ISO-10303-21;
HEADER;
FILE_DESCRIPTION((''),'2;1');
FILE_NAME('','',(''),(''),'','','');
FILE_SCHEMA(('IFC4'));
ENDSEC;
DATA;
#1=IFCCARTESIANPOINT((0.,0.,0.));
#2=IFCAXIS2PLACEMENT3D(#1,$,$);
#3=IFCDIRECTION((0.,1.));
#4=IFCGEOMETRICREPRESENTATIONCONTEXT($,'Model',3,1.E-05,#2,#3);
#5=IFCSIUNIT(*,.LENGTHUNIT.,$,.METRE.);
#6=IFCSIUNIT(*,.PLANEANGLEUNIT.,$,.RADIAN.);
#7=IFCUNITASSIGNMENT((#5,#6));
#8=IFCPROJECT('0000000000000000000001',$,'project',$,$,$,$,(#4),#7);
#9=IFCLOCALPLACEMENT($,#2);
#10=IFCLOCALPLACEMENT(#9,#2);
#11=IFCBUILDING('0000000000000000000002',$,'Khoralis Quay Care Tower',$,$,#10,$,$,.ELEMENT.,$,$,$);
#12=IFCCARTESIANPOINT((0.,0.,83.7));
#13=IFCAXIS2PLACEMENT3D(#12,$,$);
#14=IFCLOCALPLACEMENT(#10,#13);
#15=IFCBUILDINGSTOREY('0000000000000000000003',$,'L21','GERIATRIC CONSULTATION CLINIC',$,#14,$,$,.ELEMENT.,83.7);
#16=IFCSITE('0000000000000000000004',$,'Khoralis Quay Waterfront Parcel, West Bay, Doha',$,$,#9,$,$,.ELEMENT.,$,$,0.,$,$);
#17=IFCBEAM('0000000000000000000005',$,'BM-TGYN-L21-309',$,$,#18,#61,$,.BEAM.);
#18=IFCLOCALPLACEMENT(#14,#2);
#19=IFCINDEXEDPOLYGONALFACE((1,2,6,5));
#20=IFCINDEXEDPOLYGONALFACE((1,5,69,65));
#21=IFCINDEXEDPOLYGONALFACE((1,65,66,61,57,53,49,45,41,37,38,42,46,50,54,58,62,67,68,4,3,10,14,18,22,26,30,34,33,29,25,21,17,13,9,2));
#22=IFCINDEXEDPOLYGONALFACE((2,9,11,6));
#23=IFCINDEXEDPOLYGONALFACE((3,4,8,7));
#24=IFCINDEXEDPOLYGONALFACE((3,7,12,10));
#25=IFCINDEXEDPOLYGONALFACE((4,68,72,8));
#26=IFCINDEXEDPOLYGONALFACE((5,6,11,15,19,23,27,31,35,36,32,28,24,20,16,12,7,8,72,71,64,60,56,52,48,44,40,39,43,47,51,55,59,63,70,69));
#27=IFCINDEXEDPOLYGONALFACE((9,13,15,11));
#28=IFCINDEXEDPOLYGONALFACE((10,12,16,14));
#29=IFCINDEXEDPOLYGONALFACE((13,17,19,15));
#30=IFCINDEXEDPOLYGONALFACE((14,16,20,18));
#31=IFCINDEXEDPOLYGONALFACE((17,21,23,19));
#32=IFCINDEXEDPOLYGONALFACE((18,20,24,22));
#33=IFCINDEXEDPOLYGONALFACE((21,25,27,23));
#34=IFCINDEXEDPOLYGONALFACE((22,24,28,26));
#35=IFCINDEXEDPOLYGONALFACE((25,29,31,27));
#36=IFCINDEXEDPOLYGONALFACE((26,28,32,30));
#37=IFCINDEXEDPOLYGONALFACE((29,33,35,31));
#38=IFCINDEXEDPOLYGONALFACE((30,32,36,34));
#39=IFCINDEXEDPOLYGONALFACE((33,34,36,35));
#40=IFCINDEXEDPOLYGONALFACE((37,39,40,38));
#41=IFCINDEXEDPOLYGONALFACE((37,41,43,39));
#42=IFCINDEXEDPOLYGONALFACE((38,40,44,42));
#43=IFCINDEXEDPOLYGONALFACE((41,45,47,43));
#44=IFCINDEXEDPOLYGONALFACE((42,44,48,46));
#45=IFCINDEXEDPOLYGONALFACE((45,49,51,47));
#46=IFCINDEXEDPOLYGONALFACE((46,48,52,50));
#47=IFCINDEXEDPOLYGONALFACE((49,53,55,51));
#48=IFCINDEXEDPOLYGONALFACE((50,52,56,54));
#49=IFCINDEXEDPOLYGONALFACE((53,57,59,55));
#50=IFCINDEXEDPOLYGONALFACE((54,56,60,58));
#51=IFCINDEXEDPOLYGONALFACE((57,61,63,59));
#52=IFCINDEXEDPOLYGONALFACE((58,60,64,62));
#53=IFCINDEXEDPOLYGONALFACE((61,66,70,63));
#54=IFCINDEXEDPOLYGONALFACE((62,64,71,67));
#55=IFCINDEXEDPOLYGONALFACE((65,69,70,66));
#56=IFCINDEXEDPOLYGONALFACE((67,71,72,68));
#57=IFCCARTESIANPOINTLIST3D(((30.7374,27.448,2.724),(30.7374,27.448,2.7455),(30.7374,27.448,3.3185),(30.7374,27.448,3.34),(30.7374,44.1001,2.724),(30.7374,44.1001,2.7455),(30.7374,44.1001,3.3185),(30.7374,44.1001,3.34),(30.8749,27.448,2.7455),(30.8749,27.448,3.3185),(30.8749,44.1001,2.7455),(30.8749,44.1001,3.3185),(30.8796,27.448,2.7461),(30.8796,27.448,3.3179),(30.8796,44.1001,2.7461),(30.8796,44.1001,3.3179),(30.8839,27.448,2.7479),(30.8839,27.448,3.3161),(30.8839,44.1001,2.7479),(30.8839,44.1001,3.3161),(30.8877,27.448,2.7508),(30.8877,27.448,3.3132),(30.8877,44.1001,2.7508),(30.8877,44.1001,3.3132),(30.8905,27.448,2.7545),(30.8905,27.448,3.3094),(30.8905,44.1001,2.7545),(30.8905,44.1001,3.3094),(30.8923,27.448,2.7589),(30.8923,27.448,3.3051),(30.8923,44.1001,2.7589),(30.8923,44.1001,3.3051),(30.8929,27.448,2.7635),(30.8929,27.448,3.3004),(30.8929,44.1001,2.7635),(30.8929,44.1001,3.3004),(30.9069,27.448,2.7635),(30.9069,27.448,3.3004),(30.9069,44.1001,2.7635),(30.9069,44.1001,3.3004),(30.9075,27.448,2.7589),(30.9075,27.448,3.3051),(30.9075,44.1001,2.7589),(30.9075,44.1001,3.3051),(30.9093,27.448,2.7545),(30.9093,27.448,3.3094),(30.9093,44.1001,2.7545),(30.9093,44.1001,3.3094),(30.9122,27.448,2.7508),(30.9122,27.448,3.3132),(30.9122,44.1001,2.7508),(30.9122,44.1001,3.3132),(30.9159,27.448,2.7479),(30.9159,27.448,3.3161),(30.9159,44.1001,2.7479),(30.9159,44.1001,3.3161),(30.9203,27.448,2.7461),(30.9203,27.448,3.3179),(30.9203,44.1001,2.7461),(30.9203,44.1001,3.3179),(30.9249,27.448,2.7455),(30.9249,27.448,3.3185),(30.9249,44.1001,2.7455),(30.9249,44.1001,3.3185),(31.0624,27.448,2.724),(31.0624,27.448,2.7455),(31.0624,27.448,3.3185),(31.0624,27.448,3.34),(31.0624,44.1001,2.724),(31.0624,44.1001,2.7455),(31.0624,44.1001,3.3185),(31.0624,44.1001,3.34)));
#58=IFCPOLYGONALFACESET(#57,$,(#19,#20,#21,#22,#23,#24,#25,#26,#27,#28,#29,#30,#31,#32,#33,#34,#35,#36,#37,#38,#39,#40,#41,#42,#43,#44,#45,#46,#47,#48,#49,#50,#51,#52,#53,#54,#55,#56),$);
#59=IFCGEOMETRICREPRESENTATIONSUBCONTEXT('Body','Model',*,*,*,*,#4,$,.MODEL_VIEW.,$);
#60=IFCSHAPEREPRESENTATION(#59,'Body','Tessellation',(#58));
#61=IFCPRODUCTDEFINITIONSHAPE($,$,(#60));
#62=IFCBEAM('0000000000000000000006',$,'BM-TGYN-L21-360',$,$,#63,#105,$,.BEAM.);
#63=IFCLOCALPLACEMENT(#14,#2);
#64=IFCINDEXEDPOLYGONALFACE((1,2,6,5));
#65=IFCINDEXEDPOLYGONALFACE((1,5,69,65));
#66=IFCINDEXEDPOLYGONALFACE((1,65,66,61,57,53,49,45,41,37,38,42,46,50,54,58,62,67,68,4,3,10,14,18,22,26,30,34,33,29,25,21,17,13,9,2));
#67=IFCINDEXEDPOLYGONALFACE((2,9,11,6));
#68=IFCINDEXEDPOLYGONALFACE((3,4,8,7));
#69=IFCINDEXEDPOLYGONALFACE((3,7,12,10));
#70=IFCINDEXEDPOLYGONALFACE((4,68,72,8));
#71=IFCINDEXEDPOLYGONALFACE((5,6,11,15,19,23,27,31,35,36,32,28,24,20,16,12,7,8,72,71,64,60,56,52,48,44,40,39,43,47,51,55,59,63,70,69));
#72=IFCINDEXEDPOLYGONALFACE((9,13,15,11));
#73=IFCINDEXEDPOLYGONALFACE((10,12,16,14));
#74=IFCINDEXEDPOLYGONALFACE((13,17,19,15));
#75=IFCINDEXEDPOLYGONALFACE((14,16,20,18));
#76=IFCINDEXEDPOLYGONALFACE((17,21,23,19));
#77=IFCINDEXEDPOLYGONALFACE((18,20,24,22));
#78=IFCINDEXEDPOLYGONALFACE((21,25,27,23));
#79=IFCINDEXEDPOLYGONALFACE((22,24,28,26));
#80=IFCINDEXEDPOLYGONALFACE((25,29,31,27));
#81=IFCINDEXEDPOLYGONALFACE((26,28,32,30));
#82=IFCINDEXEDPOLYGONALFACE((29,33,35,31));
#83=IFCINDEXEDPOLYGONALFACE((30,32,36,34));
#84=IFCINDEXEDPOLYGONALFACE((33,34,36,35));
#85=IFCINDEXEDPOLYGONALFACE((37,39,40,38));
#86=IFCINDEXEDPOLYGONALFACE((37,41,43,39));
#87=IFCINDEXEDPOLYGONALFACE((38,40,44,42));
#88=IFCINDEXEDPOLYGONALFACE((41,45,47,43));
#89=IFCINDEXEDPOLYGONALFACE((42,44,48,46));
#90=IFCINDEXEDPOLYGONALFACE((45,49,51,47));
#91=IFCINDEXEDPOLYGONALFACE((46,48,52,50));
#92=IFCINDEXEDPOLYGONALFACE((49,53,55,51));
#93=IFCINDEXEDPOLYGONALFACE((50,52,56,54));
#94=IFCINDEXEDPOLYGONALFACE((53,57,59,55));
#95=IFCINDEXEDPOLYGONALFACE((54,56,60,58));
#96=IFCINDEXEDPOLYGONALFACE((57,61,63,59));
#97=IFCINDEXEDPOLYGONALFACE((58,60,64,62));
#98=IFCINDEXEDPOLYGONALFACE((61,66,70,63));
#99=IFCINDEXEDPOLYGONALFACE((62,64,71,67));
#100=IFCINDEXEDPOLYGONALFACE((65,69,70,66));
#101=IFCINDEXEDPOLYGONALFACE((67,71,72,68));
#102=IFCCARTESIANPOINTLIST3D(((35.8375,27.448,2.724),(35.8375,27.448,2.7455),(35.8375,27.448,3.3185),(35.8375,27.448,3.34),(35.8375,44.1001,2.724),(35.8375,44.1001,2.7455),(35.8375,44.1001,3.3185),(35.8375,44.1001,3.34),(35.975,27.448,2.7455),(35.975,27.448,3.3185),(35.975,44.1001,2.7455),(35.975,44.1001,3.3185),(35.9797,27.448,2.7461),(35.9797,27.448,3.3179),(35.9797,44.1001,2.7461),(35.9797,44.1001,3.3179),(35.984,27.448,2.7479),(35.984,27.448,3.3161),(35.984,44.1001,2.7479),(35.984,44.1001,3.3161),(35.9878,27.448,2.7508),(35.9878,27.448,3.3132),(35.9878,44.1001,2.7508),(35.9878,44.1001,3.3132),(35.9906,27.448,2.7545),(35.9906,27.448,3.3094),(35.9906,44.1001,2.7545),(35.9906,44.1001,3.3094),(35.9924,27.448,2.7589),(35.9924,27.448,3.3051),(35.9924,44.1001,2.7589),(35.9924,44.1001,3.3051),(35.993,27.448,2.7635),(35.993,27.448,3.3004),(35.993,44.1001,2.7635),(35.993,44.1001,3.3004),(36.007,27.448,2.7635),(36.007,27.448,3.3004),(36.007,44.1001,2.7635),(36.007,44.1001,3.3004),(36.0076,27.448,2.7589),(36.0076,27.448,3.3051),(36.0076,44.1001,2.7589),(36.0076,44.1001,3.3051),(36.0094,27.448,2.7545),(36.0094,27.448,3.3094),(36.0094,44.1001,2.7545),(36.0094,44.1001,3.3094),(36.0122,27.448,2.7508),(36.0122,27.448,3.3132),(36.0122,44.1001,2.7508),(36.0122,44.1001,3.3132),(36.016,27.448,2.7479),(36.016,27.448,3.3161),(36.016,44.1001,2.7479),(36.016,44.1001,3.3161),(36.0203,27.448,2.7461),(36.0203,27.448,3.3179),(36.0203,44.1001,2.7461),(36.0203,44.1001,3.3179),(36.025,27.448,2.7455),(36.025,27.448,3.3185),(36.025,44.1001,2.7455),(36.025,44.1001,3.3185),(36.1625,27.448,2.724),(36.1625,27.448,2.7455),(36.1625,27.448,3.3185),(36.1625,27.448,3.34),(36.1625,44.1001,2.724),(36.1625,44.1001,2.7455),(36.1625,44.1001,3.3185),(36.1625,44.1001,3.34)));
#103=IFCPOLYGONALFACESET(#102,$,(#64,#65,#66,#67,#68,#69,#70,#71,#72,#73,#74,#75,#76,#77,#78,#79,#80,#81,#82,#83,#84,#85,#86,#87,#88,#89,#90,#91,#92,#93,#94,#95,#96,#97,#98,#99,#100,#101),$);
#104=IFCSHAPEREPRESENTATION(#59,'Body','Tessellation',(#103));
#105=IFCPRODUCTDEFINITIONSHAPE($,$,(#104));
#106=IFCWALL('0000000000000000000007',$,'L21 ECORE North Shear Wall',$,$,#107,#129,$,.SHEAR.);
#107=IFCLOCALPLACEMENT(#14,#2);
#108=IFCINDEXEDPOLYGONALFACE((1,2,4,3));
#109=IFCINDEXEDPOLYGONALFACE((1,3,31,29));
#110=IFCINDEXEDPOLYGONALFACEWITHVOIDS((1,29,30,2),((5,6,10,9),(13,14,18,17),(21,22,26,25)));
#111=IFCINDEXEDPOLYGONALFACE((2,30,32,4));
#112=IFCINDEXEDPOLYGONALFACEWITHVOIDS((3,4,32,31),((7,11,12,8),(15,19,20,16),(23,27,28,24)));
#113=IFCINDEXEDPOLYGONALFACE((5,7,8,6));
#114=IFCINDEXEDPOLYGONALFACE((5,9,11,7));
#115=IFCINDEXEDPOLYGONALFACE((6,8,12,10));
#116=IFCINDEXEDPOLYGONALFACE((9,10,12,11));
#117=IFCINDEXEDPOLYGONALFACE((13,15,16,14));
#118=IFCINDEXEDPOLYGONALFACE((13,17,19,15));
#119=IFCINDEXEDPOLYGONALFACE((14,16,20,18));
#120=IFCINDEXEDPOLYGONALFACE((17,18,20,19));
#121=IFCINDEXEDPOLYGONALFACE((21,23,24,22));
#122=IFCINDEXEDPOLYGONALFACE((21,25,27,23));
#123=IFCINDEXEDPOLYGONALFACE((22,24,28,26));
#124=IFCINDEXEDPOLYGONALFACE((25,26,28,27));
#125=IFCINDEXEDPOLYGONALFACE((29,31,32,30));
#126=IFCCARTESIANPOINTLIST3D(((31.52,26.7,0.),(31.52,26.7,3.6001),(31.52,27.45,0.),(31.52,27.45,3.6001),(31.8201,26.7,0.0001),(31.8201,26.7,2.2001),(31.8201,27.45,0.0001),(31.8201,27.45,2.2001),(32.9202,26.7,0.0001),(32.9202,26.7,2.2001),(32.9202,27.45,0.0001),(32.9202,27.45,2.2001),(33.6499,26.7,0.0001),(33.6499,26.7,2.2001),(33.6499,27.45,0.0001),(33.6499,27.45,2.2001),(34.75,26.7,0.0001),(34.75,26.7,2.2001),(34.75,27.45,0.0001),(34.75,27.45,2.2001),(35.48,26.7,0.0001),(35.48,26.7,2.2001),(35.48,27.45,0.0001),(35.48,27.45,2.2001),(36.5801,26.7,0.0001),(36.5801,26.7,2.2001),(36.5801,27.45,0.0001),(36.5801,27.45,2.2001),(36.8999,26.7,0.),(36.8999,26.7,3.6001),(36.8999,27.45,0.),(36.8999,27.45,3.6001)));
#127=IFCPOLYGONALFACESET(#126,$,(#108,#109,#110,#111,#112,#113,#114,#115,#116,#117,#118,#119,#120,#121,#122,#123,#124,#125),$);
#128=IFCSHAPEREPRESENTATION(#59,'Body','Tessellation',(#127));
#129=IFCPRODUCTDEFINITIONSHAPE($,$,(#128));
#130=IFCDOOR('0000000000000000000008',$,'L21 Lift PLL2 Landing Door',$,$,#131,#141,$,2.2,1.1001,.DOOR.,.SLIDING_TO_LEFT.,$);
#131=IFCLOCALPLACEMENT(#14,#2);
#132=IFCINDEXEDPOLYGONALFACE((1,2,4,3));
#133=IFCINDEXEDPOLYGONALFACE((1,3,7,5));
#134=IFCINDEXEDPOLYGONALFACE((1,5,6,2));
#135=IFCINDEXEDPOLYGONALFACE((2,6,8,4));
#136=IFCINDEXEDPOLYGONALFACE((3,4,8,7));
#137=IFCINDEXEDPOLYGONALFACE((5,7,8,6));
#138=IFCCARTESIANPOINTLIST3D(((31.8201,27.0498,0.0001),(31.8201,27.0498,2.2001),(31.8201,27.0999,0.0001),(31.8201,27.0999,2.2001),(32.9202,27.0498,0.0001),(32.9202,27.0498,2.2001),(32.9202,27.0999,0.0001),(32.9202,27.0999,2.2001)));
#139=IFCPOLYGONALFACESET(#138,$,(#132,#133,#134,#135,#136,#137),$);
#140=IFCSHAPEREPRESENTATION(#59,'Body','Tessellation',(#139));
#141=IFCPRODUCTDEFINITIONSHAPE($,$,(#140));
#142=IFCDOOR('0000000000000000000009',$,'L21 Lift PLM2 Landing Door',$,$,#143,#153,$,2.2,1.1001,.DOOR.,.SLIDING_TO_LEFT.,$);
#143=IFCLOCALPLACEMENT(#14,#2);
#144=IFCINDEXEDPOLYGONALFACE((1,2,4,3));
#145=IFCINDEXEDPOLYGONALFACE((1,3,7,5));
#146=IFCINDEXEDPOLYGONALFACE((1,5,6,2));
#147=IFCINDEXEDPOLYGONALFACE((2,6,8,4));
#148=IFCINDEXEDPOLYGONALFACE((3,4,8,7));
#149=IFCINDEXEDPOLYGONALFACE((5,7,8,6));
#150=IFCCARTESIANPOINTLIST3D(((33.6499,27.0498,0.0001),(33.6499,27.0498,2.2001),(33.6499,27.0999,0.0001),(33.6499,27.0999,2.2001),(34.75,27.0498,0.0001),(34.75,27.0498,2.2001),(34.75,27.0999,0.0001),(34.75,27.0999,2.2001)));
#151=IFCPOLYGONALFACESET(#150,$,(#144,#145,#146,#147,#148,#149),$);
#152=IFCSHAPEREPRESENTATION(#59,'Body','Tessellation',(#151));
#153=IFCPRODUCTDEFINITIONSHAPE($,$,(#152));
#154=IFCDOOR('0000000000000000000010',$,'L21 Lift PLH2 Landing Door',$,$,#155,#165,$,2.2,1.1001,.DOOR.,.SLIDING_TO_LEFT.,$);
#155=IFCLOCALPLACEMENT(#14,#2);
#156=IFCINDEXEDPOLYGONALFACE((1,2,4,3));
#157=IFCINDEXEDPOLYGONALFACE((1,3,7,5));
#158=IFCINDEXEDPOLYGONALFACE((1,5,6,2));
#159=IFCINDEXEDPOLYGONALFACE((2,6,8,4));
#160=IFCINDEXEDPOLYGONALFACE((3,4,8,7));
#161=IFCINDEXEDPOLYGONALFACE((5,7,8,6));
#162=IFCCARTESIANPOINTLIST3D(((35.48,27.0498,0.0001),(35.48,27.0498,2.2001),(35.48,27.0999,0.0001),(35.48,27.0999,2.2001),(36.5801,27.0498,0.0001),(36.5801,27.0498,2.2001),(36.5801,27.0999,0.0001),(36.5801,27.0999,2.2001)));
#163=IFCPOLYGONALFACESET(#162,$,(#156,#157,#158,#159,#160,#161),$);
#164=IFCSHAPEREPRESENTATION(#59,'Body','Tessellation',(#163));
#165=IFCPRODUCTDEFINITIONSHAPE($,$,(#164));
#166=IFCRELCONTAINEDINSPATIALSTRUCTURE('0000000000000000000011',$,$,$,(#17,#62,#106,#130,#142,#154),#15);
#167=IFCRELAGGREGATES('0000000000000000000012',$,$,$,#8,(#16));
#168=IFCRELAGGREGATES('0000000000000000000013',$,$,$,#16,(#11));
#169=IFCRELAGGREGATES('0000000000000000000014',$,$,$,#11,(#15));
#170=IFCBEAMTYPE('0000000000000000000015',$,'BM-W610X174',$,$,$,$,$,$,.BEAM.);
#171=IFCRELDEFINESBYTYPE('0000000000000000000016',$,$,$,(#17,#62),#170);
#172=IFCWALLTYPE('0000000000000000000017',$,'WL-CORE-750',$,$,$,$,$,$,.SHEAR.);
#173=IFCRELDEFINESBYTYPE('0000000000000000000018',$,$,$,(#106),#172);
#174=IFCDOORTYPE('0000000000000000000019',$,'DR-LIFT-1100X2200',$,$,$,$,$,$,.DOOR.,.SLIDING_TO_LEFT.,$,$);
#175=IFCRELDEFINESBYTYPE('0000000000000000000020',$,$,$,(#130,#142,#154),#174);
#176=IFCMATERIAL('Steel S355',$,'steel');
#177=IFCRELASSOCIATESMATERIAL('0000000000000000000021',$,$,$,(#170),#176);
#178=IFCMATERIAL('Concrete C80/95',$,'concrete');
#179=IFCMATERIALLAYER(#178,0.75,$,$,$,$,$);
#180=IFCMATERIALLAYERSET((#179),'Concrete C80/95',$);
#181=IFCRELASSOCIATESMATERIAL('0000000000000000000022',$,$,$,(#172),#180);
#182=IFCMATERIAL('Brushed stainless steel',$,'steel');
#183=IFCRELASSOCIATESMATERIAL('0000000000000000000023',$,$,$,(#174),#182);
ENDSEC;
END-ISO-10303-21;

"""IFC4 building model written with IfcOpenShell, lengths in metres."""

from ifc_helpers import new_model, si_unit, direction, frame, frame_2d, origin, origin_2d, place, context, subcontext, project, spatial, rectangle, i_section, extrude, source, transform, mapped, material, layer, layer_set, material_profile, profile_set, type_object, element, fill, save


model = new_model("IFC4")

# Units and contexts
model_context = context("Model", 3, precision=1e-05, world=origin(), true_north=direction((0.0, 1.0)))
body_context = subcontext(model_context, "Body", "Model", "MODEL_VIEW")
ifc_project = project(units=[si_unit("LENGTHUNIT", "METRE"), si_unit("PLANEANGLEUNIT", "RADIAN")], contexts=[model_context])

# Site, building, storey
site_placement = place(None, origin())
site = spatial("IfcSite", under=ifc_project, at=site_placement, Name="Khoralis Quay Waterfront Parcel, West Bay, Doha", CompositionType="ELEMENT", RefElevation=0.0)
building_placement = place(site_placement, origin())
building = spatial("IfcBuilding", under=site, at=building_placement, Name="Khoralis Quay Care Tower", CompositionType="ELEMENT")
storey_placement = place(building_placement, frame((0.0, 0.0, 83.7)))
storey = spatial("IfcBuildingStorey", under=building, at=storey_placement, Name="L21", Description="GERIATRIC CONSULTATION CLINIC", CompositionType="ELEMENT", Elevation=83.7)

# Beams
ifc_material_1 = material(Name="Steel S355", Category="steel")
ifc_material_profile_1 = material_profile(ifc_material_1, i_section(OverallWidth=0.325, OverallDepth=0.616, WebThickness=0.0139, FlangeThickness=0.0215, FilletRadius=0.0181, at=origin_2d()), Name="Steel S355")
ifc_profile_set_1 = profile_set([ifc_material_profile_1], Name="Steel S355")
beam_type_1 = type_object("IfcBeamType", Name="BM-W610X174", PredefinedType="BEAM", material=ifc_profile_set_1)
shared_shape_1 = source(origin(), body_context, "Body", "SweptSolid", [
    extrude(i_section(OverallWidth=0.325, OverallDepth=0.616, WebThickness=0.0139, FlangeThickness=0.0215, FilletRadius=0.0181, at=origin_2d()), origin(), (0.0, 0.0, 1.0), 16.6521),
])
for number, where, z_axis, x_axis, name in (
    (1, (30.8999, 27.448, 3.032), (0.0, 1.0, 0.0), (-1.0, 0.0, 0.0), "BM-TGYN-L21-309"),
    (2, (36.0, 27.448, 3.032), (0.0, 1.0, 0.0), (-1.0, 0.0, 0.0), "BM-TGYN-L21-360"),
):
    element("IfcBeam", number, at=place(storey_placement, frame(where, z_axis=z_axis, x_axis=x_axis)), inside=storey, type_object=beam_type_1, Name=name, PredefinedType="BEAM", context=body_context, shape_type="MappedRepresentation", body=[
        mapped(shared_shape_1, transform((0.0, 0.0, 0.0), scale=1.0)),
    ])

# Wall, openings, doors
ifc_material_2 = material(Name="Concrete C80/95", Category="concrete")
ifc_layer_1 = layer(ifc_material_2, 0.75)
ifc_layer_set_1 = layer_set([ifc_layer_1], Name="Concrete C80/95")
wall_type_1 = type_object("IfcWallType", Name="WL-CORE-750", PredefinedType="SHEAR", material=ifc_layer_set_1)
wall_1_placement = place(storey_placement, frame((31.52, 27.075, 0.0), z_axis=(0.0, 0.0, 1.0), x_axis=(1.0, 0.0, 0.0)))
wall_1 = element("IfcWall", 3, at=wall_1_placement, inside=storey, type_object=wall_type_1, Name="L21 ECORE North Shear Wall", PredefinedType="SHEAR", context=body_context, shape_type="SweptSolid", body=[
    extrude(rectangle(XDim=5.3799, YDim=0.75, at=frame_2d((2.6899, 0.0))), origin(), (0.0, 0.0, 1.0), 3.6001),
])
opening_1_placement = place(wall_1_placement, frame((0.3, 0.0, 0.0)))
opening_1 = element("IfcOpeningElement", 4, at=opening_1_placement, cuts=wall_1, PredefinedType="OPENING", context=body_context, shape_type="SweptSolid", body=[
    extrude(rectangle(XDim=1.1001, YDim=2.2, at=frame_2d((0.55, 1.1001))), frame((0.0, 0.385, 0.0), z_axis=(0.0, -1.0, 0.0), x_axis=(1.0, 0.0, 0.0)), (0.0, 0.0, 1.0), 0.77),
])
opening_2_placement = place(wall_1_placement, frame((2.1299, 0.0, 0.0)))
opening_2 = element("IfcOpeningElement", 5, at=opening_2_placement, cuts=wall_1, PredefinedType="OPENING", context=body_context, shape_type="SweptSolid", body=[
    extrude(rectangle(XDim=1.1001, YDim=2.2, at=frame_2d((0.55, 1.1001))), frame((0.0, 0.385, 0.0), z_axis=(0.0, -1.0, 0.0), x_axis=(1.0, 0.0, 0.0)), (0.0, 0.0, 1.0), 0.77),
])
opening_3_placement = place(wall_1_placement, frame((3.96, 0.0, 0.0)))
opening_3 = element("IfcOpeningElement", 6, at=opening_3_placement, cuts=wall_1, PredefinedType="OPENING", context=body_context, shape_type="SweptSolid", body=[
    extrude(rectangle(XDim=1.1001, YDim=2.2, at=frame_2d((0.55, 1.1001))), frame((0.0, 0.385, 0.0), z_axis=(0.0, -1.0, 0.0), x_axis=(1.0, 0.0, 0.0)), (0.0, 0.0, 1.0), 0.77),
])
ifc_material_3 = material(Name="Brushed stainless steel", Category="steel")
door_type_1 = type_object("IfcDoorType", Name="DR-LIFT-1100X2200", OperationType="SLIDING_TO_LEFT", PredefinedType="DOOR", material=ifc_material_3)
shared_shape_2 = source(origin(), body_context, "Body", "SweptSolid", [
    extrude(rectangle(XDim=1.1001, YDim=2.2, at=frame_2d((0.55, 1.1001))), frame((0.0, 0.0249, 0.0), z_axis=(0.0, -1.0, 0.0), x_axis=(1.0, 0.0, 0.0)), (0.0, 0.0, 1.0), 0.05),
])
door_1_placement = place(opening_1_placement, origin())
door_1 = element("IfcDoor", 7, at=door_1_placement, inside=storey, type_object=door_type_1, Name="L21 Lift PLL2 Landing Door", OperationType="SLIDING_TO_LEFT", OverallHeight=2.2, OverallWidth=1.1001, PredefinedType="DOOR", context=body_context, shape_type="MappedRepresentation", body=[
    mapped(shared_shape_2, transform((0.0, 0.0, 0.0), scale=1.0)),
])
fill(opening_1, door_1)
door_2_placement = place(opening_2_placement, origin())
door_2 = element("IfcDoor", 8, at=door_2_placement, inside=storey, type_object=door_type_1, Name="L21 Lift PLM2 Landing Door", OperationType="SLIDING_TO_LEFT", OverallHeight=2.2, OverallWidth=1.1001, PredefinedType="DOOR", context=body_context, shape_type="MappedRepresentation", body=[
    mapped(shared_shape_2, transform((0.0, 0.0, 0.0), scale=1.0)),
])
fill(opening_2, door_2)
door_3_placement = place(opening_3_placement, origin())
door_3 = element("IfcDoor", 9, at=door_3_placement, inside=storey, type_object=door_type_1, Name="L21 Lift PLH2 Landing Door", OperationType="SLIDING_TO_LEFT", OverallHeight=2.2, OverallWidth=1.1001, PredefinedType="DOOR", context=body_context, shape_type="MappedRepresentation", body=[
    mapped(shared_shape_2, transform((0.0, 0.0, 0.0), scale=1.0)),
])
fill(opening_3, door_3)

save(model, "model.ifc")
